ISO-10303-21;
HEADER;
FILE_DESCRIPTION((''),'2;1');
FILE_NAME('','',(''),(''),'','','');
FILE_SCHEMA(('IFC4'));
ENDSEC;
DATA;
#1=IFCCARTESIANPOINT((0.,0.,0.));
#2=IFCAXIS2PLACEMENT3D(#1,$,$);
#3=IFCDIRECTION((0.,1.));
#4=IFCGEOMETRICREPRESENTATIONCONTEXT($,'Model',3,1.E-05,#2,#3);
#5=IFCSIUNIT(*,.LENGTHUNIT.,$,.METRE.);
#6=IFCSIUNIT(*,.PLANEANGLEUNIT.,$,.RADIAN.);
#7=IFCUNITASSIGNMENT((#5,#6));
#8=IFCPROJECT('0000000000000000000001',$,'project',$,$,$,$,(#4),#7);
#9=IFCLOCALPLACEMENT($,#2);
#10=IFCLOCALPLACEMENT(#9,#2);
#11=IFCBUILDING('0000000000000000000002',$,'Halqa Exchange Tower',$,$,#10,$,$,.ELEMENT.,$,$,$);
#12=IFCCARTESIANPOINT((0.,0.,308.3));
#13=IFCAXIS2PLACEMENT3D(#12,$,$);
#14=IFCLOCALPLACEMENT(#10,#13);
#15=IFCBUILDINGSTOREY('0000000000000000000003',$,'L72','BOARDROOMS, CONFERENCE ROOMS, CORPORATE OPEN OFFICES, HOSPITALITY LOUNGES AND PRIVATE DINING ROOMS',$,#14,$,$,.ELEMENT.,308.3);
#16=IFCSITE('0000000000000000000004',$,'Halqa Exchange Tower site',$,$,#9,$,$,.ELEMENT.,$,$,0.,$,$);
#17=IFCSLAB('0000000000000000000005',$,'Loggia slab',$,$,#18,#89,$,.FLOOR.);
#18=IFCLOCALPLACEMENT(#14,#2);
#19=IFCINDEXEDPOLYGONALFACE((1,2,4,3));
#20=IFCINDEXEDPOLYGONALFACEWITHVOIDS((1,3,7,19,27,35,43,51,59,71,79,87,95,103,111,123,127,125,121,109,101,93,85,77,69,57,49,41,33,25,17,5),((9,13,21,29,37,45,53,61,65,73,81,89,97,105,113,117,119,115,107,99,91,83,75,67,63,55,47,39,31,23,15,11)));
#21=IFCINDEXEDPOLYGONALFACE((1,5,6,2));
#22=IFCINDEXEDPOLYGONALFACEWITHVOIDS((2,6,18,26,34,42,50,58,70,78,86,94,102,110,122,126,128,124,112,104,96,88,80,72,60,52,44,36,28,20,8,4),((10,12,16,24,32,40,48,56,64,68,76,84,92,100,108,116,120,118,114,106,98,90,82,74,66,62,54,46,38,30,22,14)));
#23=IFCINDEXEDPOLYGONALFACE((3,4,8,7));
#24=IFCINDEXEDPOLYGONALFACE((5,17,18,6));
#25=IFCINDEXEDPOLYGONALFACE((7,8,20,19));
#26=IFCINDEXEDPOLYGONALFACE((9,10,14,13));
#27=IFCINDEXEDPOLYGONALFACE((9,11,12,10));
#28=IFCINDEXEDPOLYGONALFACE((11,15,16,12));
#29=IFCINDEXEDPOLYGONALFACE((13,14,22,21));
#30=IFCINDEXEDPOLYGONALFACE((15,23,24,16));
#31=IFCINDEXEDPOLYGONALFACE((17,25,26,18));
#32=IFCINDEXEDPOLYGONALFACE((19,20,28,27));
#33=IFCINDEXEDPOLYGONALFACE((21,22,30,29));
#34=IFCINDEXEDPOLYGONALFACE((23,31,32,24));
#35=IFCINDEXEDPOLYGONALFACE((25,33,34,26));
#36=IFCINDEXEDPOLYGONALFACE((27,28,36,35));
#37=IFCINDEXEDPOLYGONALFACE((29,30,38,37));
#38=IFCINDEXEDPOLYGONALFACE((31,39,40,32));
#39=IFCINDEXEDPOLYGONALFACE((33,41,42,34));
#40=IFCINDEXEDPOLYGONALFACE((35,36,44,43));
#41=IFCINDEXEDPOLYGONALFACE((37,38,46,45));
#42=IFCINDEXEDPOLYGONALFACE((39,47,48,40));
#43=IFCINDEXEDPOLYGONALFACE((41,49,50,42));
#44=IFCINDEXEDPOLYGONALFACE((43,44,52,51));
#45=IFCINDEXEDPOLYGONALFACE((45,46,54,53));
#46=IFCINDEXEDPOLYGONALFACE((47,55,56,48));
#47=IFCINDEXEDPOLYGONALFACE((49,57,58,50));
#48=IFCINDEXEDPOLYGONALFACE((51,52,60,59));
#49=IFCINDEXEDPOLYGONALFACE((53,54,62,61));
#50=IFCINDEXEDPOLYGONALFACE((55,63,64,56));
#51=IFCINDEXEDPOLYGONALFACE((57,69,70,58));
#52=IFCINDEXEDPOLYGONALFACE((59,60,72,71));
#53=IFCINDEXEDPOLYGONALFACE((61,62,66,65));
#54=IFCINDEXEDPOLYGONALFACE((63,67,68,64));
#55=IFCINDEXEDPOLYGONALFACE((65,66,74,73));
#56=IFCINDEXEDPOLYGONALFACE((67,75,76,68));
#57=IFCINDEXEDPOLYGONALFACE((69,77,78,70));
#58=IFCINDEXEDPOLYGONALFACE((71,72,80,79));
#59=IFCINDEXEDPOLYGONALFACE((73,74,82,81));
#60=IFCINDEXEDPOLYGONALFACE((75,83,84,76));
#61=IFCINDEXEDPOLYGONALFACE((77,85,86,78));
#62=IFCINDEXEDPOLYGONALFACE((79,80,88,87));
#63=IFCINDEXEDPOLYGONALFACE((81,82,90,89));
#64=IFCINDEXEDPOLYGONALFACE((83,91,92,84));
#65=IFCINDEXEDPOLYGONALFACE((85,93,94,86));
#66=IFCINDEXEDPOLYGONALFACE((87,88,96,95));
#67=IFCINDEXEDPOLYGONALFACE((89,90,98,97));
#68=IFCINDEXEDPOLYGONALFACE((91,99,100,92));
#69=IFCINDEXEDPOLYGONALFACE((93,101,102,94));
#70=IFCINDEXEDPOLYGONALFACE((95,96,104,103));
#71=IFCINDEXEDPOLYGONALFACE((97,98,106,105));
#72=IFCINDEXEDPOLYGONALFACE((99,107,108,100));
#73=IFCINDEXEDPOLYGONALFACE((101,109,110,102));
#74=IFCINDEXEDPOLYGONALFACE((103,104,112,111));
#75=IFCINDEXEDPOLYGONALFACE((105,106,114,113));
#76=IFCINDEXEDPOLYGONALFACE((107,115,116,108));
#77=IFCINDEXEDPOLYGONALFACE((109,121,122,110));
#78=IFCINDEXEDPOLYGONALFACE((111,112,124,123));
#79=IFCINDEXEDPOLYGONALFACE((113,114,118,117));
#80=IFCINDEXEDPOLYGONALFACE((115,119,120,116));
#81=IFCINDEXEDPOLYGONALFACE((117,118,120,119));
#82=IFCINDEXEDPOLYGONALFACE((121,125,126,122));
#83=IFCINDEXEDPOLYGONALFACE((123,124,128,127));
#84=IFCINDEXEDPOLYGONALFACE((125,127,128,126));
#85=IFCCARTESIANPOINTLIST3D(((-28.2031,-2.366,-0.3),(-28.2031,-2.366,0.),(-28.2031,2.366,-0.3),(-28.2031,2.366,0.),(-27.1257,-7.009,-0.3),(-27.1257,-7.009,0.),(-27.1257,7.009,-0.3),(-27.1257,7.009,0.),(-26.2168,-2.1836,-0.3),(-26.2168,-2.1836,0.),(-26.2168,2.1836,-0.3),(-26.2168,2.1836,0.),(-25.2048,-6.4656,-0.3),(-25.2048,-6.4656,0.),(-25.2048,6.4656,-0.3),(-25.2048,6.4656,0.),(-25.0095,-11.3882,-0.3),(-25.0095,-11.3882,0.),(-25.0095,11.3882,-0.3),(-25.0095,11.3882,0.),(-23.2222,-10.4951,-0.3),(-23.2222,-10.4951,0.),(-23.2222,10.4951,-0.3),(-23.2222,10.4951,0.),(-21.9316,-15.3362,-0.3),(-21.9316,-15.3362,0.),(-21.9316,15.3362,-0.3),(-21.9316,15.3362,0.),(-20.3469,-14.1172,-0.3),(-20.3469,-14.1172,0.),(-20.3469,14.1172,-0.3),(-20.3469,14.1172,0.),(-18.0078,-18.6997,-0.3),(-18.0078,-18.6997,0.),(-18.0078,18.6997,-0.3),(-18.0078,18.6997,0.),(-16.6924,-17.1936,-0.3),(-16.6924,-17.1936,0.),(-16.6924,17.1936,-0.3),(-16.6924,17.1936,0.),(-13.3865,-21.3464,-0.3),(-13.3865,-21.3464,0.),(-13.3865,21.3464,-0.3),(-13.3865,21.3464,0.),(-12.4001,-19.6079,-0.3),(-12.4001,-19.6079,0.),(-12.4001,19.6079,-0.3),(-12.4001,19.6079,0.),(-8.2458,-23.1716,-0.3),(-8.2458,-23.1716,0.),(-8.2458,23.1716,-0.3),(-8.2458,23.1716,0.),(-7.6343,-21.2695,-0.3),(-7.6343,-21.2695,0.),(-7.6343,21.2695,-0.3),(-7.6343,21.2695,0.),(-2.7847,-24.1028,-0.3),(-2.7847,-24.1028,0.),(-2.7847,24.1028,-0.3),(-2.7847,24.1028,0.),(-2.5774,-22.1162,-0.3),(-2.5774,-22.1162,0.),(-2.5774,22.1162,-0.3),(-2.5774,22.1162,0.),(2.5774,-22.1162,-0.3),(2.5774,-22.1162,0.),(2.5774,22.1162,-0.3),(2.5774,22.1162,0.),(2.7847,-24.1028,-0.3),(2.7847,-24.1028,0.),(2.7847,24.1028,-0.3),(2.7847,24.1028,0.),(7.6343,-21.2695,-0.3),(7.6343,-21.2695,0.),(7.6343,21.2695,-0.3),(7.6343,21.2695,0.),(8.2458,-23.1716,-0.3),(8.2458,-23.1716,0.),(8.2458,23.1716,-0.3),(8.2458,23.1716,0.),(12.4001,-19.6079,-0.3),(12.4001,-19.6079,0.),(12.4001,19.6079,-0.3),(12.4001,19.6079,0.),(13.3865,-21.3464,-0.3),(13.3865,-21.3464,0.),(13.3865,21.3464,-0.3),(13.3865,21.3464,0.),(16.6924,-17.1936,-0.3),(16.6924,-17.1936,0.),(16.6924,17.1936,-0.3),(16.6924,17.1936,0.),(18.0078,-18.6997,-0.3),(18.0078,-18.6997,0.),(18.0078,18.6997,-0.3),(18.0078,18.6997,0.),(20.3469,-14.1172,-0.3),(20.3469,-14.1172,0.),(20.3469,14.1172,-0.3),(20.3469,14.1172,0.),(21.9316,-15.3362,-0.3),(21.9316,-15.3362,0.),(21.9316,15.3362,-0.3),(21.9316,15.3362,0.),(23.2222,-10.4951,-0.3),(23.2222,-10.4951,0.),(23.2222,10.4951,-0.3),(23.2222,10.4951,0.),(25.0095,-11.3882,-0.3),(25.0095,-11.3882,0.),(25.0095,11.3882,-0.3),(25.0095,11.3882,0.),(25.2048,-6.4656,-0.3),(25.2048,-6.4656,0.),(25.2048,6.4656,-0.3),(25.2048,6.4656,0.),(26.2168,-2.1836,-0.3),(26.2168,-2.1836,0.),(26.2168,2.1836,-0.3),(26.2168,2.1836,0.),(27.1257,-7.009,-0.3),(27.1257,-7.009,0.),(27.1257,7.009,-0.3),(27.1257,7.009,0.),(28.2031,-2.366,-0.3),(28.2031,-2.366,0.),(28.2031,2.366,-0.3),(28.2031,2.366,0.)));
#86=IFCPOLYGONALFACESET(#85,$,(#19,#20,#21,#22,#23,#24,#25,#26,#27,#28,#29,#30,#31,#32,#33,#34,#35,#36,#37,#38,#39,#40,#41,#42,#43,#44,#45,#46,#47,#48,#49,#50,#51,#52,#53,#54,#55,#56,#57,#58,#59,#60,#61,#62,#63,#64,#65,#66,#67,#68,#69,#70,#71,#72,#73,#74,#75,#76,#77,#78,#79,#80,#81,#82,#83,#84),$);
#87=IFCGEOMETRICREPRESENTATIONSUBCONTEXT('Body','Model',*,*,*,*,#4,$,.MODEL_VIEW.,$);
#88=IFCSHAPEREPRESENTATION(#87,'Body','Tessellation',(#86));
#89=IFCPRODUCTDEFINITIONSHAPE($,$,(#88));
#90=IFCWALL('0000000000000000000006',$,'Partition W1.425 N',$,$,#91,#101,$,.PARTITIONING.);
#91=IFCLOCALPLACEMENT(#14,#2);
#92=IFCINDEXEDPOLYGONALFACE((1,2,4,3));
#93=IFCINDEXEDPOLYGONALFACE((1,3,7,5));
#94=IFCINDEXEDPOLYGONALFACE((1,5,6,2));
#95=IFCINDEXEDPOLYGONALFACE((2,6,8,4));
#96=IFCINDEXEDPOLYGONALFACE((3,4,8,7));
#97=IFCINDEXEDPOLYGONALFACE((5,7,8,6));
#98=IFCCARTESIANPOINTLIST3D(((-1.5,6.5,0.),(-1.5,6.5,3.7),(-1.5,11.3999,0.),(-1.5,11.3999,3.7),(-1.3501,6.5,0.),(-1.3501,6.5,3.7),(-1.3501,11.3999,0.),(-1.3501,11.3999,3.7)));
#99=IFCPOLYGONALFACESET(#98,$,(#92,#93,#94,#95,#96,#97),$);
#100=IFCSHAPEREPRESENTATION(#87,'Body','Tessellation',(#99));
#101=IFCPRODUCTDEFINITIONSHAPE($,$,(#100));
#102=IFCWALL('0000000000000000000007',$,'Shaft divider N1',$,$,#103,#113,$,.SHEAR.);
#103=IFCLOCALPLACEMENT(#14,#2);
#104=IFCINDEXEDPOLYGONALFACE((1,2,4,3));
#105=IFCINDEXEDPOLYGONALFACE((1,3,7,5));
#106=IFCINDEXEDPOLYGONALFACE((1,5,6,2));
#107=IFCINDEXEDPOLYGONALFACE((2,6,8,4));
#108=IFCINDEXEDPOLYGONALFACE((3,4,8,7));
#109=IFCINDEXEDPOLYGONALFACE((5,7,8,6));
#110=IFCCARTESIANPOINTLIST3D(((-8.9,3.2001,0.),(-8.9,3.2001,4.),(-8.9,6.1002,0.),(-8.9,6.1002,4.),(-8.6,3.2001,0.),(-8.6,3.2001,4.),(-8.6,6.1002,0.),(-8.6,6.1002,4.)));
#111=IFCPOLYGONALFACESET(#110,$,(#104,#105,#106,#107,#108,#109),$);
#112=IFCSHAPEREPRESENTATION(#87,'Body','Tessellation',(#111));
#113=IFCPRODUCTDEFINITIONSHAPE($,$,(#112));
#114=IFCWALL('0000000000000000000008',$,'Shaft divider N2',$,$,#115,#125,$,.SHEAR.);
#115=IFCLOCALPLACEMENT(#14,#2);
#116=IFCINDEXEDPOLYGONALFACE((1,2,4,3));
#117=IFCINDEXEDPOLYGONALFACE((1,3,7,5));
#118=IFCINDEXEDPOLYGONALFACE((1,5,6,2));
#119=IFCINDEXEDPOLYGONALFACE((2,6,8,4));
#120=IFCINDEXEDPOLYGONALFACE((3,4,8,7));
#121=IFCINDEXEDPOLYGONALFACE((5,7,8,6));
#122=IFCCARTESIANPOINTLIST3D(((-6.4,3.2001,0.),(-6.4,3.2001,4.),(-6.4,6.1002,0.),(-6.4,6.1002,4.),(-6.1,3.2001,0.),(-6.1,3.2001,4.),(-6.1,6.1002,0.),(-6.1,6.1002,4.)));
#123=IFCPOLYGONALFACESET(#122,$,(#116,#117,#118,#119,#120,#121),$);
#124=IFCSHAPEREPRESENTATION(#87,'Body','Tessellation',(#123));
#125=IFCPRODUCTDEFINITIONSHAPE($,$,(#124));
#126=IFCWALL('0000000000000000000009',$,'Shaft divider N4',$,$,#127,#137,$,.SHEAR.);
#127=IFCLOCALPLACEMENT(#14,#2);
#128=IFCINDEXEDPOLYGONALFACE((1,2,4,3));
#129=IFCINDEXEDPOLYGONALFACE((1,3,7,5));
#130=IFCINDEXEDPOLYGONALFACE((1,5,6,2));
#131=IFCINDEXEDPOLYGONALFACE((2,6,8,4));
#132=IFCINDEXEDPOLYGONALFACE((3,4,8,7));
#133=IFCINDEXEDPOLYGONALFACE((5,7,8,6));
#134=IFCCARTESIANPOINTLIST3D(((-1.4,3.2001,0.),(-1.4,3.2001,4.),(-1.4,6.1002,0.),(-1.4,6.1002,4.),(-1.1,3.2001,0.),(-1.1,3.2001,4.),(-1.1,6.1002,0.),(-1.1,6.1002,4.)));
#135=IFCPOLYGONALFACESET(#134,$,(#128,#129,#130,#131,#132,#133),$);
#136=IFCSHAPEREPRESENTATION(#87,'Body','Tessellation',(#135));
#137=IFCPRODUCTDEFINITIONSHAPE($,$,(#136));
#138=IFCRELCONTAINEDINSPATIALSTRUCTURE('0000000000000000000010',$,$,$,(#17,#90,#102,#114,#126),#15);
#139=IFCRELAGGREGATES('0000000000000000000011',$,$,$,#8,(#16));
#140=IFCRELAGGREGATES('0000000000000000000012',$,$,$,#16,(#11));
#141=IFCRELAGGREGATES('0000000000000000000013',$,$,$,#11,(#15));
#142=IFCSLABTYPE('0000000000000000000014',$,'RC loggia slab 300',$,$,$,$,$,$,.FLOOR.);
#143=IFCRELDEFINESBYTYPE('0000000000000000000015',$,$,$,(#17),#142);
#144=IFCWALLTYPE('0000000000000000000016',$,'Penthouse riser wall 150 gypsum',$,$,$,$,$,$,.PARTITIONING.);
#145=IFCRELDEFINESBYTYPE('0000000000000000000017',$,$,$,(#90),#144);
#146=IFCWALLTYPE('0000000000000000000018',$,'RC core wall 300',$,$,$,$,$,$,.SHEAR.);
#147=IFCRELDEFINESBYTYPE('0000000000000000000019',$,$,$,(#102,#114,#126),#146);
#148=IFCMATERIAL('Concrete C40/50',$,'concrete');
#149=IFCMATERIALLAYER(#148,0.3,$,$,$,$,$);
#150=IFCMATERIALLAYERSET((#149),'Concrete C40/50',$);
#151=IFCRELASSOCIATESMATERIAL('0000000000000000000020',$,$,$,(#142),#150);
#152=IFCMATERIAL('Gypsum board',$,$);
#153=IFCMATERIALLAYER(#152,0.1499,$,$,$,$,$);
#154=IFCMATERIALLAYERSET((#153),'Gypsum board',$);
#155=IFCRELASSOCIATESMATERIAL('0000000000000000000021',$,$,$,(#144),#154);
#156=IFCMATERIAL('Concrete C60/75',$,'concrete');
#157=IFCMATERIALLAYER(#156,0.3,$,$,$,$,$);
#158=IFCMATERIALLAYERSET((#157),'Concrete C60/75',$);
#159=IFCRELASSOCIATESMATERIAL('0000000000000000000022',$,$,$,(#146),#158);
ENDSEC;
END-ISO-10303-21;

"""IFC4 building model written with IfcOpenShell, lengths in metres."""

from ifc_helpers import new_model, si_unit, direction, frame, frame_2d, origin, place, context, subcontext, project, spatial, polyline, rectangle, outline, extrude, material, layer, layer_set, type_object, element, save


model = new_model("IFC4")

# Units and contexts
model_context = context("Model", 3, precision=1e-05, world=origin(), true_north=direction((0.0, 1.0)))
body_context = subcontext(model_context, "Body", "Model", "MODEL_VIEW")
ifc_project = project(units=[si_unit("LENGTHUNIT", "METRE"), si_unit("PLANEANGLEUNIT", "RADIAN")], contexts=[model_context])

# Site, building, storey
site_placement = place(None, origin())
site = spatial("IfcSite", under=ifc_project, at=site_placement, Name="Halqa Exchange Tower site", CompositionType="ELEMENT", RefElevation=0.0)
building_placement = place(site_placement, origin())
building = spatial("IfcBuilding", under=site, at=building_placement, Name="Halqa Exchange Tower", CompositionType="ELEMENT")
storey_placement = place(building_placement, frame((0.0, 0.0, 308.3)))
storey = spatial("IfcBuildingStorey", under=building, at=storey_placement, Name="L72", Description="BOARDROOMS, CONFERENCE ROOMS, CORPORATE OPEN OFFICES, HOSPITALITY LOUNGES AND PRIVATE DINING ROOMS", CompositionType="ELEMENT", Elevation=308.3)

# Slab
ifc_material_1 = material(Name="Concrete C60/75", Category="concrete")
ifc_material_2 = material(Name="Concrete C40/50", Category="concrete")
ifc_layer_1 = layer(ifc_material_2, 0.3)
ifc_layer_set_1 = layer_set([ifc_layer_1], Name="Concrete C40/50")
slab_type_1 = type_object("IfcSlabType", Name="RC loggia slab 300", PredefinedType="FLOOR", material=ifc_layer_set_1)
slab_1_placement = place(storey_placement, frame((0.0, 0.0, -0.3)))
element("IfcSlab", 1, at=slab_1_placement, inside=storey, type_object=slab_type_1, Name="Loggia slab", PredefinedType="FLOOR", context=body_context, shape_type="SweptSolid", body=[
    extrude(outline(polyline([(28.2031, 2.366), (28.2031, -2.366), (27.1257, -7.009), (25.0095, -11.3882), (21.9316, -15.3362), (18.0078, -18.6997), (13.3865, -21.3464), (8.2458, -23.1716), (2.7847, -24.1028), (-2.7847, -24.1028), (-8.2458, -23.1716), (-13.3865, -21.3464), (-18.0078, -18.6997), (-21.9316, -15.3362), (-25.0095, -11.3882), (-27.1257, -7.009), (-28.2031, -2.366), (-28.2031, 2.366), (-27.1257, 7.009), (-25.0095, 11.3882), (-21.9316, 15.3362), (-18.0078, 18.6997), (-13.3865, 21.3464), (-8.2458, 23.1716), (-2.7847, 24.1028), (2.7847, 24.1028), (8.2458, 23.1716), (13.3865, 21.3464), (18.0078, 18.6997), (21.9316, 15.3362), (25.0095, 11.3882), (27.1257, 7.009), (28.2031, 2.366)]), holes=[polyline([(26.2168, 2.1836), (25.2048, 6.4656), (23.2222, 10.4951), (20.3469, 14.1172), (16.6924, 17.1936), (12.4001, 19.6079), (7.6343, 21.2695), (2.5774, 22.1162), (-2.5774, 22.1162), (-7.6343, 21.2695), (-12.4001, 19.6079), (-16.6924, 17.1936), (-20.3469, 14.1172), (-23.2222, 10.4951), (-25.2048, 6.4656), (-26.2168, 2.1836), (-26.2168, -2.1836), (-25.2048, -6.4656), (-23.2222, -10.4951), (-20.3469, -14.1172), (-16.6924, -17.1936), (-12.4001, -19.6079), (-7.6343, -21.2695), (-2.5774, -22.1162), (2.5774, -22.1162), (7.6343, -21.2695), (12.4001, -19.6079), (16.6924, -17.1936), (20.3469, -14.1172), (23.2222, -10.4951), (25.2048, -6.4656), (26.2168, -2.1836), (26.2168, 2.1836)])]), origin(), (0.0, 0.0, 1.0), 0.3),
])

# Walls
ifc_material_3 = material(Name="Gypsum board")
ifc_layer_2 = layer(ifc_material_3, 0.1499)
ifc_layer_set_2 = layer_set([ifc_layer_2], Name="Gypsum board")
wall_type_1 = type_object("IfcWallType", Name="Penthouse riser wall 150 gypsum", PredefinedType="PARTITIONING", material=ifc_layer_set_2)
wall_1_placement = place(storey_placement, frame((-1.425, 6.5, 0.0), z_axis=(0.0, 0.0, 1.0), x_axis=(0.0, 1.0, 0.0)))
element("IfcWall", 2, at=wall_1_placement, inside=storey, type_object=wall_type_1, Name="Partition W1.425 N", PredefinedType="PARTITIONING", context=body_context, shape_type="SweptSolid", body=[
    extrude(rectangle(XDim=4.8999, YDim=0.1499, at=frame_2d((2.45, 0.0))), origin(), (0.0, 0.0, 1.0), 3.7),
])
ifc_layer_3 = layer(ifc_material_1, 0.3)
ifc_layer_set_3 = layer_set([ifc_layer_3], Name="Concrete C60/75")
wall_type_2 = type_object("IfcWallType", Name="RC core wall 300", PredefinedType="SHEAR", material=ifc_layer_set_3)
for number, where, z_axis, x_axis, name in (
    (3, (-8.75, 3.2, 0.0), (0.0, 0.0, 1.0), (0.0, 1.0, 0.0), "Shaft divider N1"),
    (4, (-6.25, 3.2, 0.0), (0.0, 0.0, 1.0), (0.0, 1.0, 0.0), "Shaft divider N2"),
    (5, (-1.25, 3.2, 0.0), (0.0, 0.0, 1.0), (0.0, 1.0, 0.0), "Shaft divider N4"),
):
    element("IfcWall", number, at=place(storey_placement, frame(where, z_axis=z_axis, x_axis=x_axis)), inside=storey, type_object=wall_type_2, Name=name, PredefinedType="SHEAR", context=body_context, shape_type="SweptSolid", body=[
        extrude(rectangle(XDim=2.9001, YDim=0.3, at=frame_2d((1.4502, 0.0))), origin(), (0.0, 0.0, 1.0), 4.0),
    ])

save(model, "model.ifc")
